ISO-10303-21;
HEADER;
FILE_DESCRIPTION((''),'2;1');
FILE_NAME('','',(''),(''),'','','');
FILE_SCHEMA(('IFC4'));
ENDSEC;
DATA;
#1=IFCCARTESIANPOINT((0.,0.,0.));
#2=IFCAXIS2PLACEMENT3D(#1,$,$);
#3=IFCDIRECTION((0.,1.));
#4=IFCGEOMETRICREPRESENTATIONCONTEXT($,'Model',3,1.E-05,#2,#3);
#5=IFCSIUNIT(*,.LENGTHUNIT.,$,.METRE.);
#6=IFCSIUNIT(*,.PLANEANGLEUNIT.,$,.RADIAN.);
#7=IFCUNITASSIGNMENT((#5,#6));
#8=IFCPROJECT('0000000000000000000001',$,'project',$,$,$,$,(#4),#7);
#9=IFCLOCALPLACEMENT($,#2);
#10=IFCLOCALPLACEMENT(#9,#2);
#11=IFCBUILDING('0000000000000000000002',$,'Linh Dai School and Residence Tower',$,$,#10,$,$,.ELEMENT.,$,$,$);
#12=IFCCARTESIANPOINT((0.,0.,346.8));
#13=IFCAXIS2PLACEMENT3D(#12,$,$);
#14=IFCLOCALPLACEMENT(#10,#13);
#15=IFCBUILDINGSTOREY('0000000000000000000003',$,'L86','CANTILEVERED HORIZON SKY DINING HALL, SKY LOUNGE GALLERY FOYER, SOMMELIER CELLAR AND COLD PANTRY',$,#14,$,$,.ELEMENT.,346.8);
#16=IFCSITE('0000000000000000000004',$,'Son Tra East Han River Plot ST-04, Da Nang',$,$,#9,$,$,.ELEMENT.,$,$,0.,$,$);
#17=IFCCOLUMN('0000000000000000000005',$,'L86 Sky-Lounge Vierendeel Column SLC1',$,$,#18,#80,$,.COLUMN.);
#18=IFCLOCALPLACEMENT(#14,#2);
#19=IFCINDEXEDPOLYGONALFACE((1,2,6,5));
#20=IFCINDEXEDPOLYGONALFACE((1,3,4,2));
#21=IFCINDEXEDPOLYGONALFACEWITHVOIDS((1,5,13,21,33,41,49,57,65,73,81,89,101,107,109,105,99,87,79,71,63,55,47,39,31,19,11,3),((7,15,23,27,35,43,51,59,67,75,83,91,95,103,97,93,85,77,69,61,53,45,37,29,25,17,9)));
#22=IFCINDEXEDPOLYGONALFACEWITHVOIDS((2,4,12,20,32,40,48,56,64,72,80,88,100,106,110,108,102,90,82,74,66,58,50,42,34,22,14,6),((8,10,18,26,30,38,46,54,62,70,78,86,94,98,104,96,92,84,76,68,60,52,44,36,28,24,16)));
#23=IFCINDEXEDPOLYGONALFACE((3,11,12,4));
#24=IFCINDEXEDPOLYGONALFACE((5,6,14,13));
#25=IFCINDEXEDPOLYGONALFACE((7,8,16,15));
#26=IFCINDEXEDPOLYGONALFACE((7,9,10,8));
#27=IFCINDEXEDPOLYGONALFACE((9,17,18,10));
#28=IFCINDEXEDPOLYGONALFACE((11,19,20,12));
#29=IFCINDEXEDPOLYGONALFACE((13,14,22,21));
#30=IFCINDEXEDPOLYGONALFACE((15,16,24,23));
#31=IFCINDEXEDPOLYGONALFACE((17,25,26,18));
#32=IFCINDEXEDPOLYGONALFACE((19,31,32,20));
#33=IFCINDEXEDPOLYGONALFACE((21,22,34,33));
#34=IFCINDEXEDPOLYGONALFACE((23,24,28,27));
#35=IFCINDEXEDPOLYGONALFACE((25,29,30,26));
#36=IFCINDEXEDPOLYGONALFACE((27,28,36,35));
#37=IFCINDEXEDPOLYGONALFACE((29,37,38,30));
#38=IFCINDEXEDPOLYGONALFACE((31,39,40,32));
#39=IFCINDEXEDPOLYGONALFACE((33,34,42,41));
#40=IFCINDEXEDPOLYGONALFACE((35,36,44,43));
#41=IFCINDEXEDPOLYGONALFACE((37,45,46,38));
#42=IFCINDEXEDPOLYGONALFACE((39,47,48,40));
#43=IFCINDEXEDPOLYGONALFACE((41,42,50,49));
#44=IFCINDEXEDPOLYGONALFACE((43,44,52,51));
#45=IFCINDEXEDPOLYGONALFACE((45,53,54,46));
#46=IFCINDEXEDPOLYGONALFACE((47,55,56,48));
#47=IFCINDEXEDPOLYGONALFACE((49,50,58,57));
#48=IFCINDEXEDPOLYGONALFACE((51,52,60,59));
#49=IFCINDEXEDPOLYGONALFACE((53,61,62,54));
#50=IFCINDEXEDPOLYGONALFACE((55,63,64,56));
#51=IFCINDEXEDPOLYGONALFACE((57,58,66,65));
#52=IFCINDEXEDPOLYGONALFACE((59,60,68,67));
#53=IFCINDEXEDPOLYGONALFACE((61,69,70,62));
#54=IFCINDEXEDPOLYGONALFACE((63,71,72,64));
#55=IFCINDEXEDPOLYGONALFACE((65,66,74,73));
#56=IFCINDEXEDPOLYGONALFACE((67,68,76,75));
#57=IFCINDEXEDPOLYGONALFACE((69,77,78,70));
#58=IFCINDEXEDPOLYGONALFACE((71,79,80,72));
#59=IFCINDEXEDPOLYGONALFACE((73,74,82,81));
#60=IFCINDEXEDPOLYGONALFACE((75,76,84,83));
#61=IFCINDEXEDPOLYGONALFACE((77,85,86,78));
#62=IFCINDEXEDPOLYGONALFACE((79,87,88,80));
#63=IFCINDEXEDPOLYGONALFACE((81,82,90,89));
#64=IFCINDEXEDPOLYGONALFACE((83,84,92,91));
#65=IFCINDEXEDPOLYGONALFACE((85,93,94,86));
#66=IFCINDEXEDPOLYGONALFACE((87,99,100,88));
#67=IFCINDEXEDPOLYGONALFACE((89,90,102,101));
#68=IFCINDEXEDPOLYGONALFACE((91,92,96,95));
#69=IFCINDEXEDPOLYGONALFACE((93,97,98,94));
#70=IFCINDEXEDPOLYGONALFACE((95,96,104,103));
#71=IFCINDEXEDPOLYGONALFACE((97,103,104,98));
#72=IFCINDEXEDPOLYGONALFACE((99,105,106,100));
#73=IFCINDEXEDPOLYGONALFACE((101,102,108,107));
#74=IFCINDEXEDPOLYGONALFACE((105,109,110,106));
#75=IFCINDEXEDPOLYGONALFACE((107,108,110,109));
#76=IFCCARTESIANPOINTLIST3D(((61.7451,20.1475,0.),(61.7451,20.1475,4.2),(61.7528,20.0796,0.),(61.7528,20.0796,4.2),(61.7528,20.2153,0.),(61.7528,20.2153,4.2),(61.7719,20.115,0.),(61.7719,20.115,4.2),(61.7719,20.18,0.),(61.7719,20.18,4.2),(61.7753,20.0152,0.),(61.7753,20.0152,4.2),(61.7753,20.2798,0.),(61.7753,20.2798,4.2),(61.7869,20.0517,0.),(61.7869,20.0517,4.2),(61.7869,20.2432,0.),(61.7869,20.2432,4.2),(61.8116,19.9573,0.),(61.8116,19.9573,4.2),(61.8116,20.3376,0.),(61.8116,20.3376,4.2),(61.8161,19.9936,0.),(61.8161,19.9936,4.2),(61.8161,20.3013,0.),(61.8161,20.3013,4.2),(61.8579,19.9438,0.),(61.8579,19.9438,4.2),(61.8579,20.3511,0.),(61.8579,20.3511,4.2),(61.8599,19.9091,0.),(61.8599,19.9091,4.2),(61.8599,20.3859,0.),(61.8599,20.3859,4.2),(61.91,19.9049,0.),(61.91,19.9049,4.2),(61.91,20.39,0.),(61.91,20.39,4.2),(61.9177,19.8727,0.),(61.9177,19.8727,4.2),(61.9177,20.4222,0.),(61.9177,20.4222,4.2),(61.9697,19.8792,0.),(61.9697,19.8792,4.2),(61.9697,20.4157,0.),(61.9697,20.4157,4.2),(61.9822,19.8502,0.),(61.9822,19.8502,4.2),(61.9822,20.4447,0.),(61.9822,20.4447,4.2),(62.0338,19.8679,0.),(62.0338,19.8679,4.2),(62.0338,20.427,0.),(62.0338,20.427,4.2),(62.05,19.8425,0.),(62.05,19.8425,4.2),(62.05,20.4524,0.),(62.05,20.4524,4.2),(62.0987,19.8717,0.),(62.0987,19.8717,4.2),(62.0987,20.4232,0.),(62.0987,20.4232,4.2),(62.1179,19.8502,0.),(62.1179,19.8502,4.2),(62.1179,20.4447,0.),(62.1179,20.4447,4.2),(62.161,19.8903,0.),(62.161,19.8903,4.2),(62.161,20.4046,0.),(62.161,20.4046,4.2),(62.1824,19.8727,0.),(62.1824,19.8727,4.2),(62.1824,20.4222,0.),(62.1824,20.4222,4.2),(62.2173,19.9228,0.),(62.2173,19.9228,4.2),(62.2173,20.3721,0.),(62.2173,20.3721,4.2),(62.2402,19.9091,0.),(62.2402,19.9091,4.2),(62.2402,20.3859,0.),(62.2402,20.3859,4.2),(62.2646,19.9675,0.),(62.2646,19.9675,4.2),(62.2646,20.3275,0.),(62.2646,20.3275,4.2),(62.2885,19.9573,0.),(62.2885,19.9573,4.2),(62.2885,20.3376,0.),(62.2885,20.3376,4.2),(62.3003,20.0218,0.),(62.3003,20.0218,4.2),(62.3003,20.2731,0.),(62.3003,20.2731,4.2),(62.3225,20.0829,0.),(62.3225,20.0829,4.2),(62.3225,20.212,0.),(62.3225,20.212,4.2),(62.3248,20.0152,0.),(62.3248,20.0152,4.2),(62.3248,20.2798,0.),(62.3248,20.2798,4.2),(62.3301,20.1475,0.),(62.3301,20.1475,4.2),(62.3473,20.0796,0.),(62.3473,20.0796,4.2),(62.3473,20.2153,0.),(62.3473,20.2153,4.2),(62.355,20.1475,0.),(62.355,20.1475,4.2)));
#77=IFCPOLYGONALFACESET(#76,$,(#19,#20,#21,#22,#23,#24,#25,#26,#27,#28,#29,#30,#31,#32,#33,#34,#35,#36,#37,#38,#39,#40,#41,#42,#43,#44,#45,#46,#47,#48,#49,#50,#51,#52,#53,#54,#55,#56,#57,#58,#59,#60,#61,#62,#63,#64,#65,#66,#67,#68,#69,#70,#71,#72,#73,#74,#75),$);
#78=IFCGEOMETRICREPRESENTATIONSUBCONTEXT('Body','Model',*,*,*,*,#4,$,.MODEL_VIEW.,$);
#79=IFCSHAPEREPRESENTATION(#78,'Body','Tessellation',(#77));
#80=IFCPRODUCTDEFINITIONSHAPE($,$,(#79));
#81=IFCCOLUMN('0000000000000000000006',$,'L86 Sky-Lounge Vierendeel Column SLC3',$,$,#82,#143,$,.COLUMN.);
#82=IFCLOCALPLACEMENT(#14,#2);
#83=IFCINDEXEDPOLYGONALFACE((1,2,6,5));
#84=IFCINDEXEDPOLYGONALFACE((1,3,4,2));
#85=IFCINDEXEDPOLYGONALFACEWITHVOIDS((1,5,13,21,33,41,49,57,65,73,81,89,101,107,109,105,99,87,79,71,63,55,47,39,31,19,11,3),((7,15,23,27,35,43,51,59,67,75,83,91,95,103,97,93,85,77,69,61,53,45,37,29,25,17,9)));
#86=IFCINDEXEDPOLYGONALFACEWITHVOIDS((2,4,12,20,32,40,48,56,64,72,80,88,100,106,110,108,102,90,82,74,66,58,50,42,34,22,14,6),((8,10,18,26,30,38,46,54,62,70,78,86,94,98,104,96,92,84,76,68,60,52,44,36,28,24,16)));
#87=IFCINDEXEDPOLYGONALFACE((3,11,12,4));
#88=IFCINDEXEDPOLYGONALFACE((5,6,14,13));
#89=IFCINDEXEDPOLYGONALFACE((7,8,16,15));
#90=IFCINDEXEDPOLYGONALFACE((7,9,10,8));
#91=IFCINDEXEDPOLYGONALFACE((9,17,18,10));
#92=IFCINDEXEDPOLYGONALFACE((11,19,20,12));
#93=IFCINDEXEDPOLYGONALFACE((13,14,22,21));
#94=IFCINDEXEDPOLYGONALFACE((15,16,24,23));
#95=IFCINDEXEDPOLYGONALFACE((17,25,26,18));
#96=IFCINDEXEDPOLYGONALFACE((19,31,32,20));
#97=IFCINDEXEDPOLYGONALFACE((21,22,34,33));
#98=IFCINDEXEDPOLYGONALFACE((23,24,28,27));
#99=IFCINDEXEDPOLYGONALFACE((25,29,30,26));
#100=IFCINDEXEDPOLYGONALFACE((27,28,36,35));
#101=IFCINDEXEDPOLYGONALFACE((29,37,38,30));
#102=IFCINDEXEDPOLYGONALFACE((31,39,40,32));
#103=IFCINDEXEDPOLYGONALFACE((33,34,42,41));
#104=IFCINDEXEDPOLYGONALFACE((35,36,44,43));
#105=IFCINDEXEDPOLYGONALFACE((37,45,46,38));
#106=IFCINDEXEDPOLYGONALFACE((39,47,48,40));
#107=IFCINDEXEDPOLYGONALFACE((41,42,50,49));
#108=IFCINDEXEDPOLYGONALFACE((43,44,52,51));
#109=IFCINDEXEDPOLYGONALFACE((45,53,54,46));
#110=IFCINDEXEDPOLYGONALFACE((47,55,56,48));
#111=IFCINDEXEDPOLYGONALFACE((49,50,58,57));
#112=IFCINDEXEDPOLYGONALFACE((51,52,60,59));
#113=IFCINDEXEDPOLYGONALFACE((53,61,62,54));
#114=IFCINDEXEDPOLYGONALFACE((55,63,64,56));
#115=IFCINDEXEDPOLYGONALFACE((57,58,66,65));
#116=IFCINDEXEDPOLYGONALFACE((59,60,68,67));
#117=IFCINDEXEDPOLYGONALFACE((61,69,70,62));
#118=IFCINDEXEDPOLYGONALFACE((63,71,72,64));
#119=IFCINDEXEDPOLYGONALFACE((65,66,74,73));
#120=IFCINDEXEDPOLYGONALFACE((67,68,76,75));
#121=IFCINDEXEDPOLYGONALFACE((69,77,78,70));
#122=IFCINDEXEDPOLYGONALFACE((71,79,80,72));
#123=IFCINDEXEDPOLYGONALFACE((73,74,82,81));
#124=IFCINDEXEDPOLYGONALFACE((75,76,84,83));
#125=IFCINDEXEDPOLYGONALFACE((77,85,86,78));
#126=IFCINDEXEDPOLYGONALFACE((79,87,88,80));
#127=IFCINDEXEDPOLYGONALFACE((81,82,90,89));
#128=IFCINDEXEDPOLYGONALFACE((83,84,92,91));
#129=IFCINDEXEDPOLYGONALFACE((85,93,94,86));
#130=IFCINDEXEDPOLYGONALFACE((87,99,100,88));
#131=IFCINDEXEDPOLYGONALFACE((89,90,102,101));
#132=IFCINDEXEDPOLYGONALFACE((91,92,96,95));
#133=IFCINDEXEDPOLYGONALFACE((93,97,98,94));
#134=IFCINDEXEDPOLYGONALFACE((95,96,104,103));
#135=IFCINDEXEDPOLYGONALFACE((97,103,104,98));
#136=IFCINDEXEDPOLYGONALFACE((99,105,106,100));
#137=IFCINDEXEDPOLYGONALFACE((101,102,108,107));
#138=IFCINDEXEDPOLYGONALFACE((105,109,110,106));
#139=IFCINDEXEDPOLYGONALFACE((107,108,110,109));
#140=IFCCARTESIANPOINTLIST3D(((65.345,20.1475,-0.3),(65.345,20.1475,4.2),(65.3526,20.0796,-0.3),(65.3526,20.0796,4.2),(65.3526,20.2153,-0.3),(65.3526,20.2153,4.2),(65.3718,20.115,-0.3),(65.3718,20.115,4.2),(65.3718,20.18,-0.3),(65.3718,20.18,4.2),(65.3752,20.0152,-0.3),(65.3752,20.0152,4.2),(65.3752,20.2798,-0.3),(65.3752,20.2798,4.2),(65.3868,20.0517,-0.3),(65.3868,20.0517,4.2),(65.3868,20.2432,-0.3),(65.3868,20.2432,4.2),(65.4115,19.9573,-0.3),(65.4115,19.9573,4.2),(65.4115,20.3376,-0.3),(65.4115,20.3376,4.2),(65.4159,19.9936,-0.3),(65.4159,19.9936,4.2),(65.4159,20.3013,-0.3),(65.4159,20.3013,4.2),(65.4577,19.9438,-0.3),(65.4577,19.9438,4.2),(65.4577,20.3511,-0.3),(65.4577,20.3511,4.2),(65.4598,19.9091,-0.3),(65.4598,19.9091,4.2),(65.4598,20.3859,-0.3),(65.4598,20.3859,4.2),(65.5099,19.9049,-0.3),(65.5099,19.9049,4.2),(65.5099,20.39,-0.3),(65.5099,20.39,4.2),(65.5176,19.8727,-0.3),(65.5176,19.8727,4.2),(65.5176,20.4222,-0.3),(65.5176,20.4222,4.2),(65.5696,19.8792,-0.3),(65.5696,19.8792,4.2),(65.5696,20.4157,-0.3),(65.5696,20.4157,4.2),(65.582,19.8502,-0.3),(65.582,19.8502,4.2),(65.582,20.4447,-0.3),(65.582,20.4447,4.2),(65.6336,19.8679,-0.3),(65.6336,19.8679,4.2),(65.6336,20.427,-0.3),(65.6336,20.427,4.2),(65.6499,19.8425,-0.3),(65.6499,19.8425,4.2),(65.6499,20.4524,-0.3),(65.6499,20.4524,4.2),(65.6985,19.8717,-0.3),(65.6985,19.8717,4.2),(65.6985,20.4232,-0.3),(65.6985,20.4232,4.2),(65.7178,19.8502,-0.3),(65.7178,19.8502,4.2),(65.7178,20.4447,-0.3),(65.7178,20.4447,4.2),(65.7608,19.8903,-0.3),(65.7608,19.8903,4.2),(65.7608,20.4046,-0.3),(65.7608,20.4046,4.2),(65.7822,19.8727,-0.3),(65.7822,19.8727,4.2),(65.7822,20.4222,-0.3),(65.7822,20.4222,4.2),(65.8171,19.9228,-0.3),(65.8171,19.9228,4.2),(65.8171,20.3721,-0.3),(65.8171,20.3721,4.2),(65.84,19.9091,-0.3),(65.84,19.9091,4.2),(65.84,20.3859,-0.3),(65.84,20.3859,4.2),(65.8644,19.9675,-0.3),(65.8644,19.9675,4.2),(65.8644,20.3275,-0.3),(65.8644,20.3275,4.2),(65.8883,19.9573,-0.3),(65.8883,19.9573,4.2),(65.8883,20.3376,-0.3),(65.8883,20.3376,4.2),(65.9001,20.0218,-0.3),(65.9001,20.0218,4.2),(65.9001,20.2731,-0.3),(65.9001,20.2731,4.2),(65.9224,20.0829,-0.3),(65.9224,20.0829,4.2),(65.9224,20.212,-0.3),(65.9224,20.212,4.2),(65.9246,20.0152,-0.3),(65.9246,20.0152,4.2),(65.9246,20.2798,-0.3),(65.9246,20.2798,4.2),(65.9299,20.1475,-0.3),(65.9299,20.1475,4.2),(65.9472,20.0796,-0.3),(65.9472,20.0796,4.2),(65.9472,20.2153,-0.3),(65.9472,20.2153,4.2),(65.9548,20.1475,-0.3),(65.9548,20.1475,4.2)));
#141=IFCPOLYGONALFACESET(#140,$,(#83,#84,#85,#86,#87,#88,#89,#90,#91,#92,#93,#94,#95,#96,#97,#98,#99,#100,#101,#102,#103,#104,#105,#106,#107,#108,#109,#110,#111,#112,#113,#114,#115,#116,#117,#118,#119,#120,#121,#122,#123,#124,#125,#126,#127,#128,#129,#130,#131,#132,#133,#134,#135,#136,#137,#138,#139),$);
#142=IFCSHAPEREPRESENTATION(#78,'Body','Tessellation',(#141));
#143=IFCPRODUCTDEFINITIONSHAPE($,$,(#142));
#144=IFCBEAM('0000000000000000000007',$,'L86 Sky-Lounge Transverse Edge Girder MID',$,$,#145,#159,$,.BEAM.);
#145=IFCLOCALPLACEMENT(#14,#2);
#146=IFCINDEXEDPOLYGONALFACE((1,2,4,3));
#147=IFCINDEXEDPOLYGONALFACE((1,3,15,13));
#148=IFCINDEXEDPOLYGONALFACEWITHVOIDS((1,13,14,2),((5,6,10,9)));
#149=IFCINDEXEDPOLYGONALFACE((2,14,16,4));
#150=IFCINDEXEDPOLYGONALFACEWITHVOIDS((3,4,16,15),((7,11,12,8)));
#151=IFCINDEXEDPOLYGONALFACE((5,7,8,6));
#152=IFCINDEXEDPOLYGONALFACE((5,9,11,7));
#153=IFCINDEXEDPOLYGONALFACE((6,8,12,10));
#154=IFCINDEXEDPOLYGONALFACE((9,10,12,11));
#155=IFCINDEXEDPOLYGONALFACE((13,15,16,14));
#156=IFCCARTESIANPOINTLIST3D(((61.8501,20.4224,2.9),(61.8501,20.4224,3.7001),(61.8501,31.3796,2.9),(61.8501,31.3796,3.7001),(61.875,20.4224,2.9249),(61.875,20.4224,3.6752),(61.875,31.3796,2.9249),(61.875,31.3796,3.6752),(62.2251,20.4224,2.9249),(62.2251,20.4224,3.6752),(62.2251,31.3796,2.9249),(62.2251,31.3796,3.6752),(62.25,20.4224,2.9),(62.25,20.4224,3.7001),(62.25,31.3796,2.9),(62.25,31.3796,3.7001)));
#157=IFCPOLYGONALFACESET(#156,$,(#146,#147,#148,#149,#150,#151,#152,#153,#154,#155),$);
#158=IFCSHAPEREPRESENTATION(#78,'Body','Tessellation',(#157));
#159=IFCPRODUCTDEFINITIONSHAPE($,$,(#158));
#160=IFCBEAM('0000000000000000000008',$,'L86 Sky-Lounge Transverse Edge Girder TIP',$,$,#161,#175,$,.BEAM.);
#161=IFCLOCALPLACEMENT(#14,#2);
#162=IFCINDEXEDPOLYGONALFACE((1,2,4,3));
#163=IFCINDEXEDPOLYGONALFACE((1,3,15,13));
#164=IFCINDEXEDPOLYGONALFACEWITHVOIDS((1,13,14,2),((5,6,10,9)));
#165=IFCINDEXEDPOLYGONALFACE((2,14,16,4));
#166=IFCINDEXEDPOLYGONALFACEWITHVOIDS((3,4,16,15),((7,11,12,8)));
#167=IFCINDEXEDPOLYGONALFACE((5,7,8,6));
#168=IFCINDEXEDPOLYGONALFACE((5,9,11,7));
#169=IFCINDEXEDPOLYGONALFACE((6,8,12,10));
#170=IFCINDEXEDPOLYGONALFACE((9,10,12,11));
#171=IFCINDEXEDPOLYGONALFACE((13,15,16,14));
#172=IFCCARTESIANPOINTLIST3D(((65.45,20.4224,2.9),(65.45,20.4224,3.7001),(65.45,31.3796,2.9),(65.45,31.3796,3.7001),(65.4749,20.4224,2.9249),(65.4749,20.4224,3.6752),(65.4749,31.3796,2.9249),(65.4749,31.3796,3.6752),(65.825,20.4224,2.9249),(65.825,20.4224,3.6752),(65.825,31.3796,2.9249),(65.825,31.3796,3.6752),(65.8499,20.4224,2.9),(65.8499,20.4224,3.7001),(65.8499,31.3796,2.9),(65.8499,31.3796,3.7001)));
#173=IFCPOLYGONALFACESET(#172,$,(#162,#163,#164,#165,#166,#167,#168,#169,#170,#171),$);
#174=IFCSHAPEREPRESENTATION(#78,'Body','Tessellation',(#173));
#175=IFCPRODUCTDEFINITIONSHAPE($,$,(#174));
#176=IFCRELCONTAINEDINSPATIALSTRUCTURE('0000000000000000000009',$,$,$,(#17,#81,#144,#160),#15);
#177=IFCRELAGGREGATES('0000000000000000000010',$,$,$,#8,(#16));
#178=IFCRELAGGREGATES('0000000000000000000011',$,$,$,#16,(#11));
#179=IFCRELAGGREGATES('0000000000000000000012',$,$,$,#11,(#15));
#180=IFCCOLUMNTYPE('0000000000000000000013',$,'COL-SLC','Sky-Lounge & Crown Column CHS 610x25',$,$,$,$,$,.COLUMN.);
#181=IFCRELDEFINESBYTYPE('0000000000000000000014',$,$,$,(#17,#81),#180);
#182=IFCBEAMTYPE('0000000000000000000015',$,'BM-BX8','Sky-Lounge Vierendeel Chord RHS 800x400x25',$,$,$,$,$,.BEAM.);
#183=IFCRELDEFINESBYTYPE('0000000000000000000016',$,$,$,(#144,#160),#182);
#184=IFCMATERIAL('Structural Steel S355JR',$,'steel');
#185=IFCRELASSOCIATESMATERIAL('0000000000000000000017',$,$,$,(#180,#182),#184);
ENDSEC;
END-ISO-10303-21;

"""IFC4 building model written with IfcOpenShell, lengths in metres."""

from ifc_helpers import new_model, si_unit, direction, frame, origin, origin_2d, place, context, subcontext, project, spatial, hollow_rectangle, hollow_circle, extrude, material, material_profile, profile_set, type_object, element, save


model = new_model("IFC4")

# Units and contexts
model_context = context("Model", 3, precision=1e-05, world=origin(), true_north=direction((0.0, 1.0)))
body_context = subcontext(model_context, "Body", "Model", "MODEL_VIEW")
ifc_project = project(units=[si_unit("LENGTHUNIT", "METRE"), si_unit("PLANEANGLEUNIT", "RADIAN")], contexts=[model_context])

# Site, building, storey
site_placement = place(None, origin())
site = spatial("IfcSite", under=ifc_project, at=site_placement, Name="Son Tra East Han River Plot ST-04, Da Nang", CompositionType="ELEMENT", RefElevation=0.0)
building_placement = place(site_placement, origin())
building = spatial("IfcBuilding", under=site, at=building_placement, Name="Linh Dai School and Residence Tower", CompositionType="ELEMENT")
storey_placement = place(building_placement, frame((0.0, 0.0, 346.8)))
storey = spatial("IfcBuildingStorey", under=building, at=storey_placement, Name="L86", Description="CANTILEVERED HORIZON SKY DINING HALL, SKY LOUNGE GALLERY FOYER, SOMMELIER CELLAR AND COLD PANTRY", CompositionType="ELEMENT", Elevation=346.8)

# Columns
ifc_material_1 = material(Name="Structural Steel S355JR", Category="steel")
ifc_material_profile_1 = material_profile(ifc_material_1, hollow_circle(Radius=0.3049, WallThickness=0.0249, at=origin_2d()), Name="CHS 610x25")
ifc_profile_set_1 = profile_set([ifc_material_profile_1], Name="Structural Steel S355JR")
column_type_1 = type_object("IfcColumnType", Name="COL-SLC", Description="Sky-Lounge & Crown Column CHS 610x25", PredefinedType="COLUMN", material=ifc_profile_set_1)
column_1_placement = place(storey_placement, frame((62.05, 20.1475, 0.0), z_axis=(0.0, 0.0, 1.0), x_axis=(1.0, 0.0, 0.0)))
element("IfcColumn", 1, at=column_1_placement, inside=storey, type_object=column_type_1, Name="L86 Sky-Lounge Vierendeel Column SLC1", PredefinedType="COLUMN", context=body_context, shape_type="SweptSolid", body=[
    extrude(hollow_circle(Radius=0.3049, WallThickness=0.0249, at=origin_2d()), origin(), (0.0, 0.0, 1.0), 4.2),
])
column_2_placement = place(storey_placement, frame((65.6499, 20.1475, -0.3), z_axis=(0.0, 0.0, 1.0), x_axis=(1.0, 0.0, 0.0)))
element("IfcColumn", 2, at=column_2_placement, inside=storey, type_object=column_type_1, Name="L86 Sky-Lounge Vierendeel Column SLC3", PredefinedType="COLUMN", context=body_context, shape_type="SweptSolid", body=[
    extrude(hollow_circle(Radius=0.3049, WallThickness=0.0249, at=origin_2d()), origin(), (0.0, 0.0, 1.0), 4.5),
])

# Beams
ifc_material_profile_2 = material_profile(ifc_material_1, hollow_rectangle(XDim=0.3999, YDim=0.8, WallThickness=0.0249, at=origin_2d()), Name="RHS 800x400x25")
ifc_profile_set_2 = profile_set([ifc_material_profile_2], Name="Structural Steel S355JR")
beam_type_1 = type_object("IfcBeamType", Name="BM-BX8", Description="Sky-Lounge Vierendeel Chord RHS 800x400x25", PredefinedType="BEAM", material=ifc_profile_set_2)
for number, where, z_axis, x_axis, name in (
    (3, (62.05, 20.4224, 3.3), (0.0, 1.0, 0.0), (-1.0, 0.0, 0.0), "L86 Sky-Lounge Transverse Edge Girder MID"),
    (4, (65.6499, 20.4224, 3.3), (0.0, 1.0, 0.0), (-1.0, 0.0, 0.0), "L86 Sky-Lounge Transverse Edge Girder TIP"),
):
    element("IfcBeam", number, at=place(storey_placement, frame(where, z_axis=z_axis, x_axis=x_axis)), inside=storey, type_object=beam_type_1, Name=name, PredefinedType="BEAM", context=body_context, shape_type="SweptSolid", body=[
        extrude(hollow_rectangle(XDim=0.3999, YDim=0.8, WallThickness=0.0249, at=origin_2d()), origin(), (0.0, 0.0, 1.0), 10.9573),
    ])

save(model, "model.ifc")
